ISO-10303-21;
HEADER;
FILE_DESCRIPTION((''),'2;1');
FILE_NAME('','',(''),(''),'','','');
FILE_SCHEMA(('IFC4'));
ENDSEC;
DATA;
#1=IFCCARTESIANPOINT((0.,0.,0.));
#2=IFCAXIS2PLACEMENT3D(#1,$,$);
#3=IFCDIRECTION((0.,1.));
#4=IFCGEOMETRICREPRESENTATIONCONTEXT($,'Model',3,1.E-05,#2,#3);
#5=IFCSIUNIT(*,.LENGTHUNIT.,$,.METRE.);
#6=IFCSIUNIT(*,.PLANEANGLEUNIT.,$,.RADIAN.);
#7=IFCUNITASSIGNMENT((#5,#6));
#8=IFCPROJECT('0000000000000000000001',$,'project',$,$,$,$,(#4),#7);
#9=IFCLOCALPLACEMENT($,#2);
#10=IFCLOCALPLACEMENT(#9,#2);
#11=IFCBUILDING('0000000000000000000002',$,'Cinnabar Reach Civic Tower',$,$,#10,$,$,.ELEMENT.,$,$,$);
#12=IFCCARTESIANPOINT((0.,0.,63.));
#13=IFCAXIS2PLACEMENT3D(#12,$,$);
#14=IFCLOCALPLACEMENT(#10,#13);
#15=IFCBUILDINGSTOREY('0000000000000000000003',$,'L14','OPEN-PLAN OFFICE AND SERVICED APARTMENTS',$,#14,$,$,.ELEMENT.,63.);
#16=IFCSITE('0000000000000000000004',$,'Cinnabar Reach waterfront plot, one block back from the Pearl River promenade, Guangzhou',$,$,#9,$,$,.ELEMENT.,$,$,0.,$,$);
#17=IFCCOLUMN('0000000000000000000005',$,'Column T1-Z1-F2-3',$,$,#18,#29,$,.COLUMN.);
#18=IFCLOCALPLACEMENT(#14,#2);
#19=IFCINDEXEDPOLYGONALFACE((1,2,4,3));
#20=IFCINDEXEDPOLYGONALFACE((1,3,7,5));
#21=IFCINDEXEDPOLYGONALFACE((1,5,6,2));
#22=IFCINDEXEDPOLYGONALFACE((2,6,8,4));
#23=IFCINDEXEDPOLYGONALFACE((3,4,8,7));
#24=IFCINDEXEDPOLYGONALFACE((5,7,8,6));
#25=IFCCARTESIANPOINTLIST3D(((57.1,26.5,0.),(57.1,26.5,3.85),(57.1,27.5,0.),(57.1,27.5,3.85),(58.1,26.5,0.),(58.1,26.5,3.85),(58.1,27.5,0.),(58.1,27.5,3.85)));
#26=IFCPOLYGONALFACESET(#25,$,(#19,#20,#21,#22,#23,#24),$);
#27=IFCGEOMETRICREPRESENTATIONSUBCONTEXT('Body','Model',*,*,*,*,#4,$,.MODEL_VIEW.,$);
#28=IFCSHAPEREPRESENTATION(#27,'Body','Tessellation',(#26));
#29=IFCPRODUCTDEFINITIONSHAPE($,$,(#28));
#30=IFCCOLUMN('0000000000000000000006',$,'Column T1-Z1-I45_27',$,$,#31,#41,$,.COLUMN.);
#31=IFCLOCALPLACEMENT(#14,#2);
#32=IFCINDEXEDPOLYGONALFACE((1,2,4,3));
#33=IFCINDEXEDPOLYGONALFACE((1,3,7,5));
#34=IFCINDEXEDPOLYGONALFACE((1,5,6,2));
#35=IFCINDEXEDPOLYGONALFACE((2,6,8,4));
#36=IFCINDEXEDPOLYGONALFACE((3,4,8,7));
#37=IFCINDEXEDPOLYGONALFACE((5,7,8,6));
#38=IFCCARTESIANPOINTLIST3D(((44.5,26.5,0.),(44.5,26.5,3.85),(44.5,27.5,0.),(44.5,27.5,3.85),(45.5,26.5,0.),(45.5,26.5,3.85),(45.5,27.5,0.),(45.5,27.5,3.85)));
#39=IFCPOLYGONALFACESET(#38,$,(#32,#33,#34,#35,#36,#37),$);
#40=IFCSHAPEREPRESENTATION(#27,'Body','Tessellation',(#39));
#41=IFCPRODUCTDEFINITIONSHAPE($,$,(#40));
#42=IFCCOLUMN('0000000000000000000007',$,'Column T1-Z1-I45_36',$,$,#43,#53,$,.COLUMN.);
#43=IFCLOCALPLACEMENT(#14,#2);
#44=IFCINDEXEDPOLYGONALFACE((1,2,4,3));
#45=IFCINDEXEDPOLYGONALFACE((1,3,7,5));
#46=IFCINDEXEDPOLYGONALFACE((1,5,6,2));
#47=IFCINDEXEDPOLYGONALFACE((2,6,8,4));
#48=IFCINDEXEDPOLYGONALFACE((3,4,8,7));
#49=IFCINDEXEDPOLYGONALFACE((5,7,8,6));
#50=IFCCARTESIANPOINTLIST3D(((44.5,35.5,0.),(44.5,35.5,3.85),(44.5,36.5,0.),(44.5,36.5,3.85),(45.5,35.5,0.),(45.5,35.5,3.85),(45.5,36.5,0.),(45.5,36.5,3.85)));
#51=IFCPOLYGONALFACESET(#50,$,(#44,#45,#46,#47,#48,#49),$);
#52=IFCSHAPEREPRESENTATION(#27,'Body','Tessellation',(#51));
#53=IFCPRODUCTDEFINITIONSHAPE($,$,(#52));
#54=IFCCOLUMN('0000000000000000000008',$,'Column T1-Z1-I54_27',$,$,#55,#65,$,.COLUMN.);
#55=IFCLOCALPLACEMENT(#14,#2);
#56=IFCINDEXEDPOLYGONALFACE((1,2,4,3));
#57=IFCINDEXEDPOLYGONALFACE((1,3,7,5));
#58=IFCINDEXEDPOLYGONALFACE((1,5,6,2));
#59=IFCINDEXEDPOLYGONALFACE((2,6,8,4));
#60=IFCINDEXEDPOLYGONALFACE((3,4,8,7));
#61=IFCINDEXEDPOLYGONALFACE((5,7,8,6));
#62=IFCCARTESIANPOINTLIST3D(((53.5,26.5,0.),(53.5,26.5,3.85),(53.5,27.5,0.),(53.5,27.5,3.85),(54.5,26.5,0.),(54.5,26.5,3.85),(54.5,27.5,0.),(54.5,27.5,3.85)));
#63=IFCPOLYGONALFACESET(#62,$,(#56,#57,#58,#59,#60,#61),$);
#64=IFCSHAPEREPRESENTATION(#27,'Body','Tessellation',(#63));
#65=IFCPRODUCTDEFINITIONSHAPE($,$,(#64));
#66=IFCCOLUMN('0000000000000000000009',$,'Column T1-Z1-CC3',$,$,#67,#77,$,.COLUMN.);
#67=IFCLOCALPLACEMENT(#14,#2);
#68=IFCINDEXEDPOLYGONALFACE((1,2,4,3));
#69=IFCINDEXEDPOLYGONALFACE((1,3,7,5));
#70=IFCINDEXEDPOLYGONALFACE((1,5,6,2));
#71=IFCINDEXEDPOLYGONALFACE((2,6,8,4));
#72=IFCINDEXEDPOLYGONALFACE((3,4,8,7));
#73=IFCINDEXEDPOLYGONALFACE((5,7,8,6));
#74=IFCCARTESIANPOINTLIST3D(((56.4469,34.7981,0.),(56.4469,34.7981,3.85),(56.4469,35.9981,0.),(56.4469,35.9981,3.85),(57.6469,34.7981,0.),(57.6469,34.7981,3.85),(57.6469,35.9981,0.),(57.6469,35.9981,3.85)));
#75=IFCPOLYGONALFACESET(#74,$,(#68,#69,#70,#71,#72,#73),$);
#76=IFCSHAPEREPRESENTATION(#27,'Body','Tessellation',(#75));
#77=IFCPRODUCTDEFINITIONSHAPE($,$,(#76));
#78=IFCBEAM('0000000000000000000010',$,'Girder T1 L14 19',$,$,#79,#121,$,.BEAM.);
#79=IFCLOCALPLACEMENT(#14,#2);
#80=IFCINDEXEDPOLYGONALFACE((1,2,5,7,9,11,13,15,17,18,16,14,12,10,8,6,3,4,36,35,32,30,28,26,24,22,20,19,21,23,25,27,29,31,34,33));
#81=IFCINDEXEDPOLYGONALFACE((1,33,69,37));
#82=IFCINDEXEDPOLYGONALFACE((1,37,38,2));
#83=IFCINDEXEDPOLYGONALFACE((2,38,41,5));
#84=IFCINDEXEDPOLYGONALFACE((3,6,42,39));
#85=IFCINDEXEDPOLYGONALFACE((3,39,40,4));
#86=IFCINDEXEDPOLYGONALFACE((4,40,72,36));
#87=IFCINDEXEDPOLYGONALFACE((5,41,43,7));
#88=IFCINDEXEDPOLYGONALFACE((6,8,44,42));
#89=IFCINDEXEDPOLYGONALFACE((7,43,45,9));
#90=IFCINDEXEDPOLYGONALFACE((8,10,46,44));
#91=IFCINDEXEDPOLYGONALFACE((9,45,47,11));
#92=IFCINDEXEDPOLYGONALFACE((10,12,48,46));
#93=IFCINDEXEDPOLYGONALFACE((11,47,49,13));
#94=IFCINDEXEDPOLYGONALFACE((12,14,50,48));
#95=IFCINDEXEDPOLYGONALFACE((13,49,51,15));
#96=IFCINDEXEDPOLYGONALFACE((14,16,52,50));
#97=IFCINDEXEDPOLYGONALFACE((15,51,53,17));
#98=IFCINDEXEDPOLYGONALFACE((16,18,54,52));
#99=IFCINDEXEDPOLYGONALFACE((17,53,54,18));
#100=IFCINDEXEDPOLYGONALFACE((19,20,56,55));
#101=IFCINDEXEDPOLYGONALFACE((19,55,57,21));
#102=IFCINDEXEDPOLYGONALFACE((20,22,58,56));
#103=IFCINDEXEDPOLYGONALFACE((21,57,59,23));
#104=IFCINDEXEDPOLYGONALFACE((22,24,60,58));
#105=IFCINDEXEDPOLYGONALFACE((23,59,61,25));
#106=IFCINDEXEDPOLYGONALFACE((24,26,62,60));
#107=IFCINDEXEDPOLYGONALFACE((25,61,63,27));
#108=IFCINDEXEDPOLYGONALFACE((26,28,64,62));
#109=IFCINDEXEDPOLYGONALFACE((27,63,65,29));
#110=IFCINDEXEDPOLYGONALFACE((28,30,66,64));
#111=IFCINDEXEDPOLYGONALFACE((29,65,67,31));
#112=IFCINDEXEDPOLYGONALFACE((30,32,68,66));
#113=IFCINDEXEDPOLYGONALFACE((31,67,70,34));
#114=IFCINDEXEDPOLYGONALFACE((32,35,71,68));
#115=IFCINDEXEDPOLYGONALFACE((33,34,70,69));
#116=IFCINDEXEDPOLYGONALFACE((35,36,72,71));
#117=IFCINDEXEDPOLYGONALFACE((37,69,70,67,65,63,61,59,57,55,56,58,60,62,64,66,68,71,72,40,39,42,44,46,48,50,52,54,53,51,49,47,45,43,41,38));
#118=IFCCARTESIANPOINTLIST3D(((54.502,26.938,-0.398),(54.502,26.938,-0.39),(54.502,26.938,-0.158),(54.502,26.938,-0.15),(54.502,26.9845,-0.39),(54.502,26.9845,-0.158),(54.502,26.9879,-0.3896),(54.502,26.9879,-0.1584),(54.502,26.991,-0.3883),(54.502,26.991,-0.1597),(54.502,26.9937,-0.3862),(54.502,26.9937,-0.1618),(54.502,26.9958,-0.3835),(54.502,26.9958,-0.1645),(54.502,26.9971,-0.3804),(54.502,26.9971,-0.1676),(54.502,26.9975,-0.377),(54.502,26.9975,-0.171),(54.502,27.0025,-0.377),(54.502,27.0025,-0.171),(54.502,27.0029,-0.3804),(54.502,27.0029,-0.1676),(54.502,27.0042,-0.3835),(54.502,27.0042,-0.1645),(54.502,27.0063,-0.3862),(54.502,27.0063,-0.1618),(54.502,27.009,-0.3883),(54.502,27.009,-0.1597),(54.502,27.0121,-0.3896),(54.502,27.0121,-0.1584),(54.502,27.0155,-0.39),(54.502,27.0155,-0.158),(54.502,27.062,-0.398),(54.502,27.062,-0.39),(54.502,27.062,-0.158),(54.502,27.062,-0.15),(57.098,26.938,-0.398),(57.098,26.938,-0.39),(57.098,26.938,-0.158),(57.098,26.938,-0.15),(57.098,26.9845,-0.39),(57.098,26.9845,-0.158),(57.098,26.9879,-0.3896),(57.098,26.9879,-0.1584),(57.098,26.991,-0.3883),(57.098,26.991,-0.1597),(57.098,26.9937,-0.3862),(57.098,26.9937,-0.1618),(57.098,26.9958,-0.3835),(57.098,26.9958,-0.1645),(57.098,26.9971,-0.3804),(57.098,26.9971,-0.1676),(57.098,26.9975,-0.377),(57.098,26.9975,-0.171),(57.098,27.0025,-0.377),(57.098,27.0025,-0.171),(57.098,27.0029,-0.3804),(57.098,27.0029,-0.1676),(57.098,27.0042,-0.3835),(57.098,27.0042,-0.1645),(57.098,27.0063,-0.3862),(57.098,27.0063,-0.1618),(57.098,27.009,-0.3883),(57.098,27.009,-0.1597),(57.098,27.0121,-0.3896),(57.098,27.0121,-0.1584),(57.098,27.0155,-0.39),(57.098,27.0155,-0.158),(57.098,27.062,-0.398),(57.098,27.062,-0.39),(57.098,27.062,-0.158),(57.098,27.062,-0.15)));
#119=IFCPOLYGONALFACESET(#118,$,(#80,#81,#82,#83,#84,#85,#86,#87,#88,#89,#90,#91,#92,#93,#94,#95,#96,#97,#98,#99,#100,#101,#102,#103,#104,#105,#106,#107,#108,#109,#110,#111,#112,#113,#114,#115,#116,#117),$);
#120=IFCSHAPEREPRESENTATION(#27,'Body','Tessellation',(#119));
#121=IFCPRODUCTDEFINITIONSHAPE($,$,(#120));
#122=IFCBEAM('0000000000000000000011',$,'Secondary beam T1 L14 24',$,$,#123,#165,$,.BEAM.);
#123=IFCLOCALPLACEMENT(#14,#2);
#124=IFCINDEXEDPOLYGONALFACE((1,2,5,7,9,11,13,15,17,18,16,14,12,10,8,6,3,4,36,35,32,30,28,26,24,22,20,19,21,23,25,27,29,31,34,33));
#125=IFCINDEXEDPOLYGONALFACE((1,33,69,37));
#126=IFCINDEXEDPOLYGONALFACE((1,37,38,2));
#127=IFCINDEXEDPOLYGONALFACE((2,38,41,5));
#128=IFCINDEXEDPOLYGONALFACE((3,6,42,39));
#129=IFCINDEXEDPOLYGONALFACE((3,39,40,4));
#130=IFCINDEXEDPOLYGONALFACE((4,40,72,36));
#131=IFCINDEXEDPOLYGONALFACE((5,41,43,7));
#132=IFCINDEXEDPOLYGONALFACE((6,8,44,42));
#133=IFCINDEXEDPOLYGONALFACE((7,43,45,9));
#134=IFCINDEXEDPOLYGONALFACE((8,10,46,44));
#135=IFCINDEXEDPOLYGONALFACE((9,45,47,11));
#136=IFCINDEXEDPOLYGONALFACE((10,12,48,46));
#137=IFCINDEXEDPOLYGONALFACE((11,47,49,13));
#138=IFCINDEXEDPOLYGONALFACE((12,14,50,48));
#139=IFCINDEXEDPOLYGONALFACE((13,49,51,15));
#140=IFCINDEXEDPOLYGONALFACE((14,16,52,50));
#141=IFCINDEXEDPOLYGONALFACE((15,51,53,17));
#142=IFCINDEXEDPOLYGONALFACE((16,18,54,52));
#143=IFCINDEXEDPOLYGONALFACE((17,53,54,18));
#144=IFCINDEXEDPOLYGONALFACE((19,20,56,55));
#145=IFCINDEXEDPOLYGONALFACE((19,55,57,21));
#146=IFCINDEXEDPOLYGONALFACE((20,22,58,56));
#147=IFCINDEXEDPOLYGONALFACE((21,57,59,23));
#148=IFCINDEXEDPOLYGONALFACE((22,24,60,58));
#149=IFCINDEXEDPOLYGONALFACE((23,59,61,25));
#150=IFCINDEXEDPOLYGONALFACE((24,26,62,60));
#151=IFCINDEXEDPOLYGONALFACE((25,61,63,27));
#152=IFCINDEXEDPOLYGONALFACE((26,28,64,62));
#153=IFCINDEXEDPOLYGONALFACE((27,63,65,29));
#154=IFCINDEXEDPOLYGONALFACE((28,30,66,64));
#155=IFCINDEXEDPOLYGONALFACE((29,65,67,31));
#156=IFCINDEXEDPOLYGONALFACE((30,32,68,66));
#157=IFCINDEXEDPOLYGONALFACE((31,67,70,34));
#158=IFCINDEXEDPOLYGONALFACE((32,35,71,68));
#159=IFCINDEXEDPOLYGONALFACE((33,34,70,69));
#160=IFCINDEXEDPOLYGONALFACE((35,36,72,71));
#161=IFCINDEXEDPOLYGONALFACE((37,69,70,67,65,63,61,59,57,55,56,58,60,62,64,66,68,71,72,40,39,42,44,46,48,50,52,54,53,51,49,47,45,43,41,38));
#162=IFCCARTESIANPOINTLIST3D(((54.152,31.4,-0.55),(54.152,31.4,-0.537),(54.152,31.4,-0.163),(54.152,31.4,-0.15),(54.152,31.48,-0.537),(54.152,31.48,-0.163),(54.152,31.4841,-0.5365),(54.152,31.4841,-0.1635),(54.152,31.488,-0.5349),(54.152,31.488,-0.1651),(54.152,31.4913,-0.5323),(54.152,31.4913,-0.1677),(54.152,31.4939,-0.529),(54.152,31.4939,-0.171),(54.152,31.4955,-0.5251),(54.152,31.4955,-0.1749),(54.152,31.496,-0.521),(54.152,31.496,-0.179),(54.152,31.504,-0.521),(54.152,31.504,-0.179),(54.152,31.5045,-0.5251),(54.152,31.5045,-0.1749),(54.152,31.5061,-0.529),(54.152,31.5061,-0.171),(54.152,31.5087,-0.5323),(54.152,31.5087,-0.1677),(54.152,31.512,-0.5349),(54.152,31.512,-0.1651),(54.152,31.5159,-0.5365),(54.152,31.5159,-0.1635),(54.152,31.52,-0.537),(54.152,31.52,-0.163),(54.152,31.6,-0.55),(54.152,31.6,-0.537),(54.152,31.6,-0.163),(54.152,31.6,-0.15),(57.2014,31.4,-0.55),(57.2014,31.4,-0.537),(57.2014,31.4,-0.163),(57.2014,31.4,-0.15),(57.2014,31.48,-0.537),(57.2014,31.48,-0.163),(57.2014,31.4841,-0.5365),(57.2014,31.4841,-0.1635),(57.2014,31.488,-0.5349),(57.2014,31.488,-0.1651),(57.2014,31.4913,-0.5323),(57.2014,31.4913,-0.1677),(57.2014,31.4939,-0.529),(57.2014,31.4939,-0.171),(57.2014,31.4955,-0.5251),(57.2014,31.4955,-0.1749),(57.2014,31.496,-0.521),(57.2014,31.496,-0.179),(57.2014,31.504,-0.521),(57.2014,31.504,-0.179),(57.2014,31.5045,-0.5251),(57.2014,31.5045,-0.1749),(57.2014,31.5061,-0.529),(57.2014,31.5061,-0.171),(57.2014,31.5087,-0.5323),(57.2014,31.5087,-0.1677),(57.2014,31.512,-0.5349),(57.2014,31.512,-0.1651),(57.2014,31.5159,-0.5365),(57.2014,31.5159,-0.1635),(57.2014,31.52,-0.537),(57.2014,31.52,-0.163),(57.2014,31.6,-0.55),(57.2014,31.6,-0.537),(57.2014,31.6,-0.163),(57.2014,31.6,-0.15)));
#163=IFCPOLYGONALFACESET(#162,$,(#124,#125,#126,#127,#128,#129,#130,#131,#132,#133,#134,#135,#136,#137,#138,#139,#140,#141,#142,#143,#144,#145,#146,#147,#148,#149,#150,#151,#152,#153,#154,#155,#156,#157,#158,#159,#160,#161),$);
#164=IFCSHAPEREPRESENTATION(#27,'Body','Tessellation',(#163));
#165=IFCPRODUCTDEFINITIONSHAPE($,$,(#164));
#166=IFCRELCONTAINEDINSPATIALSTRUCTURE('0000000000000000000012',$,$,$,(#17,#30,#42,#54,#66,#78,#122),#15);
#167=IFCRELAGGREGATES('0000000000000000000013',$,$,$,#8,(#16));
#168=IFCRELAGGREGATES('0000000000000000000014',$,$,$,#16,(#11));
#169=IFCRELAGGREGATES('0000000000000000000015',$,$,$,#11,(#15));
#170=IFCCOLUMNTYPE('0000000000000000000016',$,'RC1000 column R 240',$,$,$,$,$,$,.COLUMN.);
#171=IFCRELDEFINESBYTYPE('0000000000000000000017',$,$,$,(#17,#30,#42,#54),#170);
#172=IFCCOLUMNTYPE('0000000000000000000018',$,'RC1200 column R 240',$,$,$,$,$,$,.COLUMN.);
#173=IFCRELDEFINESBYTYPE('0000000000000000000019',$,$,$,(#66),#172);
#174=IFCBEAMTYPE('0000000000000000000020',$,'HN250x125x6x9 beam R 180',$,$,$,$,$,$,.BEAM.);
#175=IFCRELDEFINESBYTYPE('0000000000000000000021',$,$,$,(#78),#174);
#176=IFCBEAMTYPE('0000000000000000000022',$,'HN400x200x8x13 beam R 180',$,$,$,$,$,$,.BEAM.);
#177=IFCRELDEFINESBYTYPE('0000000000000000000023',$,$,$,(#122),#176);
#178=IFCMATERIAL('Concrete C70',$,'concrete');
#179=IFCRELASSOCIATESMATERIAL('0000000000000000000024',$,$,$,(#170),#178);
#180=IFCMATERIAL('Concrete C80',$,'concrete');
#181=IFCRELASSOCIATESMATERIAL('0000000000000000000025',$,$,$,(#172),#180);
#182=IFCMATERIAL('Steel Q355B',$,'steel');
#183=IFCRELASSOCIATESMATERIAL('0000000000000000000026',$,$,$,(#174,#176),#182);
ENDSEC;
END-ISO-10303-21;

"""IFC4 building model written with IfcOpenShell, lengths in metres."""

from ifc_helpers import new_model, si_unit, direction, frame, origin, origin_2d, place, context, subcontext, project, spatial, rectangle, i_section, extrude, material, material_profile, profile_set, type_object, element, save


model = new_model("IFC4")

# Units and contexts
model_context = context("Model", 3, precision=1e-05, world=origin(), true_north=direction((0.0, 1.0)))
body_context = subcontext(model_context, "Body", "Model", "MODEL_VIEW")
ifc_project = project(units=[si_unit("LENGTHUNIT", "METRE"), si_unit("PLANEANGLEUNIT", "RADIAN")], contexts=[model_context])

# Site, building, storey
site_placement = place(None, origin())
site = spatial("IfcSite", under=ifc_project, at=site_placement, Name="Cinnabar Reach waterfront plot, one block back from the Pearl River promenade, Guangzhou", CompositionType="ELEMENT", RefElevation=0.0)
building_placement = place(site_placement, origin())
building = spatial("IfcBuilding", under=site, at=building_placement, Name="Cinnabar Reach Civic Tower", CompositionType="ELEMENT")
storey_placement = place(building_placement, frame((0.0, 0.0, 63.0)))
storey = spatial("IfcBuildingStorey", under=building, at=storey_placement, Name="L14", Description="OPEN-PLAN OFFICE AND SERVICED APARTMENTS", CompositionType="ELEMENT", Elevation=63.0)

# Columns
ifc_material_1 = material(Name="Concrete C70", Category="concrete")
ifc_material_profile_1 = material_profile(ifc_material_1, rectangle(XDim=1.0, YDim=1.0, at=origin_2d()), Name="RC1000")
ifc_profile_set_1 = profile_set([ifc_material_profile_1], Name="Concrete C70")
column_type_1 = type_object("IfcColumnType", Name="RC1000 column R 240", PredefinedType="COLUMN", material=ifc_profile_set_1)
for number, where, z_axis, x_axis, name in (
    (1, (57.6, 27.0, 0.0), (0.0, 0.0, 1.0), (1.0, 0.0, 0.0), "Column T1-Z1-F2-3"),
    (2, (45.0, 27.0, 0.0), (0.0, 0.0, 1.0), (1.0, 0.0, 0.0), "Column T1-Z1-I45_27"),
    (3, (45.0, 36.0, 0.0), (0.0, 0.0, 1.0), (1.0, 0.0, 0.0), "Column T1-Z1-I45_36"),
    (4, (54.0, 27.0, 0.0), (0.0, 0.0, 1.0), (1.0, 0.0, 0.0), "Column T1-Z1-I54_27"),
):
    element("IfcColumn", number, at=place(storey_placement, frame(where, z_axis=z_axis, x_axis=x_axis)), inside=storey, type_object=column_type_1, Name=name, PredefinedType="COLUMN", context=body_context, shape_type="SweptSolid", body=[
        extrude(rectangle(XDim=1.0, YDim=1.0, at=origin_2d()), origin(), (0.0, 0.0, 1.0), 3.85),
    ])
ifc_material_2 = material(Name="Concrete C80", Category="concrete")
ifc_material_profile_2 = material_profile(ifc_material_2, rectangle(XDim=1.2, YDim=1.2, at=origin_2d()), Name="RC1200")
ifc_profile_set_2 = profile_set([ifc_material_profile_2], Name="Concrete C80")
column_type_2 = type_object("IfcColumnType", Name="RC1200 column R 240", PredefinedType="COLUMN", material=ifc_profile_set_2)
column_placement = place(storey_placement, frame((57.0469, 35.3981, 0.0), z_axis=(0.0, 0.0, 1.0), x_axis=(1.0, 0.0, 0.0)))
element("IfcColumn", 5, at=column_placement, inside=storey, type_object=column_type_2, Name="Column T1-Z1-CC3", PredefinedType="COLUMN", context=body_context, shape_type="SweptSolid", body=[
    extrude(rectangle(XDim=1.2, YDim=1.2, at=origin_2d()), origin(), (0.0, 0.0, 1.0), 3.85),
])

# Beams
ifc_material_3 = material(Name="Steel Q355B", Category="steel")
ifc_material_profile_3 = material_profile(ifc_material_3, i_section(OverallWidth=0.124, OverallDepth=0.248, WebThickness=0.005, FlangeThickness=0.008, FilletRadius=0.013, at=origin_2d()), Name="HN250x125x6x9")
ifc_profile_set_3 = profile_set([ifc_material_profile_3], Name="Steel Q355B")
beam_type_1 = type_object("IfcBeamType", Name="HN250x125x6x9 beam R 180", PredefinedType="BEAM", material=ifc_profile_set_3)
beam_1_placement = place(storey_placement, frame((54.502, 27.0, -0.274), z_axis=(1.0, 0.0, 0.0), x_axis=(0.0, 1.0, 0.0)))
element("IfcBeam", 6, at=beam_1_placement, inside=storey, type_object=beam_type_1, Name="Girder T1 L14 19", PredefinedType="BEAM", context=body_context, shape_type="SweptSolid", body=[
    extrude(i_section(OverallWidth=0.124, OverallDepth=0.248, WebThickness=0.005, FlangeThickness=0.008, FilletRadius=0.013, at=origin_2d()), origin(), (0.0, 0.0, 1.0), 2.596),
])
ifc_material_profile_4 = material_profile(ifc_material_3, i_section(OverallWidth=0.2, OverallDepth=0.4, WebThickness=0.008, FlangeThickness=0.013, FilletRadius=0.016, at=origin_2d()), Name="HN400x200x8x13")
ifc_profile_set_4 = profile_set([ifc_material_profile_4], Name="Steel Q355B")
beam_type_2 = type_object("IfcBeamType", Name="HN400x200x8x13 beam R 180", PredefinedType="BEAM", material=ifc_profile_set_4)
beam_2_placement = place(storey_placement, frame((54.152, 31.5, -0.35), z_axis=(1.0, 0.0, 0.0), x_axis=(0.0, 1.0, 0.0)))
element("IfcBeam", 7, at=beam_2_placement, inside=storey, type_object=beam_type_2, Name="Secondary beam T1 L14 24", PredefinedType="BEAM", context=body_context, shape_type="SweptSolid", body=[
    extrude(i_section(OverallWidth=0.2, OverallDepth=0.4, WebThickness=0.008, FlangeThickness=0.013, FilletRadius=0.016, at=origin_2d()), origin(), (0.0, 0.0, 1.0), 3.0494),
])

save(model, "model.ifc")
